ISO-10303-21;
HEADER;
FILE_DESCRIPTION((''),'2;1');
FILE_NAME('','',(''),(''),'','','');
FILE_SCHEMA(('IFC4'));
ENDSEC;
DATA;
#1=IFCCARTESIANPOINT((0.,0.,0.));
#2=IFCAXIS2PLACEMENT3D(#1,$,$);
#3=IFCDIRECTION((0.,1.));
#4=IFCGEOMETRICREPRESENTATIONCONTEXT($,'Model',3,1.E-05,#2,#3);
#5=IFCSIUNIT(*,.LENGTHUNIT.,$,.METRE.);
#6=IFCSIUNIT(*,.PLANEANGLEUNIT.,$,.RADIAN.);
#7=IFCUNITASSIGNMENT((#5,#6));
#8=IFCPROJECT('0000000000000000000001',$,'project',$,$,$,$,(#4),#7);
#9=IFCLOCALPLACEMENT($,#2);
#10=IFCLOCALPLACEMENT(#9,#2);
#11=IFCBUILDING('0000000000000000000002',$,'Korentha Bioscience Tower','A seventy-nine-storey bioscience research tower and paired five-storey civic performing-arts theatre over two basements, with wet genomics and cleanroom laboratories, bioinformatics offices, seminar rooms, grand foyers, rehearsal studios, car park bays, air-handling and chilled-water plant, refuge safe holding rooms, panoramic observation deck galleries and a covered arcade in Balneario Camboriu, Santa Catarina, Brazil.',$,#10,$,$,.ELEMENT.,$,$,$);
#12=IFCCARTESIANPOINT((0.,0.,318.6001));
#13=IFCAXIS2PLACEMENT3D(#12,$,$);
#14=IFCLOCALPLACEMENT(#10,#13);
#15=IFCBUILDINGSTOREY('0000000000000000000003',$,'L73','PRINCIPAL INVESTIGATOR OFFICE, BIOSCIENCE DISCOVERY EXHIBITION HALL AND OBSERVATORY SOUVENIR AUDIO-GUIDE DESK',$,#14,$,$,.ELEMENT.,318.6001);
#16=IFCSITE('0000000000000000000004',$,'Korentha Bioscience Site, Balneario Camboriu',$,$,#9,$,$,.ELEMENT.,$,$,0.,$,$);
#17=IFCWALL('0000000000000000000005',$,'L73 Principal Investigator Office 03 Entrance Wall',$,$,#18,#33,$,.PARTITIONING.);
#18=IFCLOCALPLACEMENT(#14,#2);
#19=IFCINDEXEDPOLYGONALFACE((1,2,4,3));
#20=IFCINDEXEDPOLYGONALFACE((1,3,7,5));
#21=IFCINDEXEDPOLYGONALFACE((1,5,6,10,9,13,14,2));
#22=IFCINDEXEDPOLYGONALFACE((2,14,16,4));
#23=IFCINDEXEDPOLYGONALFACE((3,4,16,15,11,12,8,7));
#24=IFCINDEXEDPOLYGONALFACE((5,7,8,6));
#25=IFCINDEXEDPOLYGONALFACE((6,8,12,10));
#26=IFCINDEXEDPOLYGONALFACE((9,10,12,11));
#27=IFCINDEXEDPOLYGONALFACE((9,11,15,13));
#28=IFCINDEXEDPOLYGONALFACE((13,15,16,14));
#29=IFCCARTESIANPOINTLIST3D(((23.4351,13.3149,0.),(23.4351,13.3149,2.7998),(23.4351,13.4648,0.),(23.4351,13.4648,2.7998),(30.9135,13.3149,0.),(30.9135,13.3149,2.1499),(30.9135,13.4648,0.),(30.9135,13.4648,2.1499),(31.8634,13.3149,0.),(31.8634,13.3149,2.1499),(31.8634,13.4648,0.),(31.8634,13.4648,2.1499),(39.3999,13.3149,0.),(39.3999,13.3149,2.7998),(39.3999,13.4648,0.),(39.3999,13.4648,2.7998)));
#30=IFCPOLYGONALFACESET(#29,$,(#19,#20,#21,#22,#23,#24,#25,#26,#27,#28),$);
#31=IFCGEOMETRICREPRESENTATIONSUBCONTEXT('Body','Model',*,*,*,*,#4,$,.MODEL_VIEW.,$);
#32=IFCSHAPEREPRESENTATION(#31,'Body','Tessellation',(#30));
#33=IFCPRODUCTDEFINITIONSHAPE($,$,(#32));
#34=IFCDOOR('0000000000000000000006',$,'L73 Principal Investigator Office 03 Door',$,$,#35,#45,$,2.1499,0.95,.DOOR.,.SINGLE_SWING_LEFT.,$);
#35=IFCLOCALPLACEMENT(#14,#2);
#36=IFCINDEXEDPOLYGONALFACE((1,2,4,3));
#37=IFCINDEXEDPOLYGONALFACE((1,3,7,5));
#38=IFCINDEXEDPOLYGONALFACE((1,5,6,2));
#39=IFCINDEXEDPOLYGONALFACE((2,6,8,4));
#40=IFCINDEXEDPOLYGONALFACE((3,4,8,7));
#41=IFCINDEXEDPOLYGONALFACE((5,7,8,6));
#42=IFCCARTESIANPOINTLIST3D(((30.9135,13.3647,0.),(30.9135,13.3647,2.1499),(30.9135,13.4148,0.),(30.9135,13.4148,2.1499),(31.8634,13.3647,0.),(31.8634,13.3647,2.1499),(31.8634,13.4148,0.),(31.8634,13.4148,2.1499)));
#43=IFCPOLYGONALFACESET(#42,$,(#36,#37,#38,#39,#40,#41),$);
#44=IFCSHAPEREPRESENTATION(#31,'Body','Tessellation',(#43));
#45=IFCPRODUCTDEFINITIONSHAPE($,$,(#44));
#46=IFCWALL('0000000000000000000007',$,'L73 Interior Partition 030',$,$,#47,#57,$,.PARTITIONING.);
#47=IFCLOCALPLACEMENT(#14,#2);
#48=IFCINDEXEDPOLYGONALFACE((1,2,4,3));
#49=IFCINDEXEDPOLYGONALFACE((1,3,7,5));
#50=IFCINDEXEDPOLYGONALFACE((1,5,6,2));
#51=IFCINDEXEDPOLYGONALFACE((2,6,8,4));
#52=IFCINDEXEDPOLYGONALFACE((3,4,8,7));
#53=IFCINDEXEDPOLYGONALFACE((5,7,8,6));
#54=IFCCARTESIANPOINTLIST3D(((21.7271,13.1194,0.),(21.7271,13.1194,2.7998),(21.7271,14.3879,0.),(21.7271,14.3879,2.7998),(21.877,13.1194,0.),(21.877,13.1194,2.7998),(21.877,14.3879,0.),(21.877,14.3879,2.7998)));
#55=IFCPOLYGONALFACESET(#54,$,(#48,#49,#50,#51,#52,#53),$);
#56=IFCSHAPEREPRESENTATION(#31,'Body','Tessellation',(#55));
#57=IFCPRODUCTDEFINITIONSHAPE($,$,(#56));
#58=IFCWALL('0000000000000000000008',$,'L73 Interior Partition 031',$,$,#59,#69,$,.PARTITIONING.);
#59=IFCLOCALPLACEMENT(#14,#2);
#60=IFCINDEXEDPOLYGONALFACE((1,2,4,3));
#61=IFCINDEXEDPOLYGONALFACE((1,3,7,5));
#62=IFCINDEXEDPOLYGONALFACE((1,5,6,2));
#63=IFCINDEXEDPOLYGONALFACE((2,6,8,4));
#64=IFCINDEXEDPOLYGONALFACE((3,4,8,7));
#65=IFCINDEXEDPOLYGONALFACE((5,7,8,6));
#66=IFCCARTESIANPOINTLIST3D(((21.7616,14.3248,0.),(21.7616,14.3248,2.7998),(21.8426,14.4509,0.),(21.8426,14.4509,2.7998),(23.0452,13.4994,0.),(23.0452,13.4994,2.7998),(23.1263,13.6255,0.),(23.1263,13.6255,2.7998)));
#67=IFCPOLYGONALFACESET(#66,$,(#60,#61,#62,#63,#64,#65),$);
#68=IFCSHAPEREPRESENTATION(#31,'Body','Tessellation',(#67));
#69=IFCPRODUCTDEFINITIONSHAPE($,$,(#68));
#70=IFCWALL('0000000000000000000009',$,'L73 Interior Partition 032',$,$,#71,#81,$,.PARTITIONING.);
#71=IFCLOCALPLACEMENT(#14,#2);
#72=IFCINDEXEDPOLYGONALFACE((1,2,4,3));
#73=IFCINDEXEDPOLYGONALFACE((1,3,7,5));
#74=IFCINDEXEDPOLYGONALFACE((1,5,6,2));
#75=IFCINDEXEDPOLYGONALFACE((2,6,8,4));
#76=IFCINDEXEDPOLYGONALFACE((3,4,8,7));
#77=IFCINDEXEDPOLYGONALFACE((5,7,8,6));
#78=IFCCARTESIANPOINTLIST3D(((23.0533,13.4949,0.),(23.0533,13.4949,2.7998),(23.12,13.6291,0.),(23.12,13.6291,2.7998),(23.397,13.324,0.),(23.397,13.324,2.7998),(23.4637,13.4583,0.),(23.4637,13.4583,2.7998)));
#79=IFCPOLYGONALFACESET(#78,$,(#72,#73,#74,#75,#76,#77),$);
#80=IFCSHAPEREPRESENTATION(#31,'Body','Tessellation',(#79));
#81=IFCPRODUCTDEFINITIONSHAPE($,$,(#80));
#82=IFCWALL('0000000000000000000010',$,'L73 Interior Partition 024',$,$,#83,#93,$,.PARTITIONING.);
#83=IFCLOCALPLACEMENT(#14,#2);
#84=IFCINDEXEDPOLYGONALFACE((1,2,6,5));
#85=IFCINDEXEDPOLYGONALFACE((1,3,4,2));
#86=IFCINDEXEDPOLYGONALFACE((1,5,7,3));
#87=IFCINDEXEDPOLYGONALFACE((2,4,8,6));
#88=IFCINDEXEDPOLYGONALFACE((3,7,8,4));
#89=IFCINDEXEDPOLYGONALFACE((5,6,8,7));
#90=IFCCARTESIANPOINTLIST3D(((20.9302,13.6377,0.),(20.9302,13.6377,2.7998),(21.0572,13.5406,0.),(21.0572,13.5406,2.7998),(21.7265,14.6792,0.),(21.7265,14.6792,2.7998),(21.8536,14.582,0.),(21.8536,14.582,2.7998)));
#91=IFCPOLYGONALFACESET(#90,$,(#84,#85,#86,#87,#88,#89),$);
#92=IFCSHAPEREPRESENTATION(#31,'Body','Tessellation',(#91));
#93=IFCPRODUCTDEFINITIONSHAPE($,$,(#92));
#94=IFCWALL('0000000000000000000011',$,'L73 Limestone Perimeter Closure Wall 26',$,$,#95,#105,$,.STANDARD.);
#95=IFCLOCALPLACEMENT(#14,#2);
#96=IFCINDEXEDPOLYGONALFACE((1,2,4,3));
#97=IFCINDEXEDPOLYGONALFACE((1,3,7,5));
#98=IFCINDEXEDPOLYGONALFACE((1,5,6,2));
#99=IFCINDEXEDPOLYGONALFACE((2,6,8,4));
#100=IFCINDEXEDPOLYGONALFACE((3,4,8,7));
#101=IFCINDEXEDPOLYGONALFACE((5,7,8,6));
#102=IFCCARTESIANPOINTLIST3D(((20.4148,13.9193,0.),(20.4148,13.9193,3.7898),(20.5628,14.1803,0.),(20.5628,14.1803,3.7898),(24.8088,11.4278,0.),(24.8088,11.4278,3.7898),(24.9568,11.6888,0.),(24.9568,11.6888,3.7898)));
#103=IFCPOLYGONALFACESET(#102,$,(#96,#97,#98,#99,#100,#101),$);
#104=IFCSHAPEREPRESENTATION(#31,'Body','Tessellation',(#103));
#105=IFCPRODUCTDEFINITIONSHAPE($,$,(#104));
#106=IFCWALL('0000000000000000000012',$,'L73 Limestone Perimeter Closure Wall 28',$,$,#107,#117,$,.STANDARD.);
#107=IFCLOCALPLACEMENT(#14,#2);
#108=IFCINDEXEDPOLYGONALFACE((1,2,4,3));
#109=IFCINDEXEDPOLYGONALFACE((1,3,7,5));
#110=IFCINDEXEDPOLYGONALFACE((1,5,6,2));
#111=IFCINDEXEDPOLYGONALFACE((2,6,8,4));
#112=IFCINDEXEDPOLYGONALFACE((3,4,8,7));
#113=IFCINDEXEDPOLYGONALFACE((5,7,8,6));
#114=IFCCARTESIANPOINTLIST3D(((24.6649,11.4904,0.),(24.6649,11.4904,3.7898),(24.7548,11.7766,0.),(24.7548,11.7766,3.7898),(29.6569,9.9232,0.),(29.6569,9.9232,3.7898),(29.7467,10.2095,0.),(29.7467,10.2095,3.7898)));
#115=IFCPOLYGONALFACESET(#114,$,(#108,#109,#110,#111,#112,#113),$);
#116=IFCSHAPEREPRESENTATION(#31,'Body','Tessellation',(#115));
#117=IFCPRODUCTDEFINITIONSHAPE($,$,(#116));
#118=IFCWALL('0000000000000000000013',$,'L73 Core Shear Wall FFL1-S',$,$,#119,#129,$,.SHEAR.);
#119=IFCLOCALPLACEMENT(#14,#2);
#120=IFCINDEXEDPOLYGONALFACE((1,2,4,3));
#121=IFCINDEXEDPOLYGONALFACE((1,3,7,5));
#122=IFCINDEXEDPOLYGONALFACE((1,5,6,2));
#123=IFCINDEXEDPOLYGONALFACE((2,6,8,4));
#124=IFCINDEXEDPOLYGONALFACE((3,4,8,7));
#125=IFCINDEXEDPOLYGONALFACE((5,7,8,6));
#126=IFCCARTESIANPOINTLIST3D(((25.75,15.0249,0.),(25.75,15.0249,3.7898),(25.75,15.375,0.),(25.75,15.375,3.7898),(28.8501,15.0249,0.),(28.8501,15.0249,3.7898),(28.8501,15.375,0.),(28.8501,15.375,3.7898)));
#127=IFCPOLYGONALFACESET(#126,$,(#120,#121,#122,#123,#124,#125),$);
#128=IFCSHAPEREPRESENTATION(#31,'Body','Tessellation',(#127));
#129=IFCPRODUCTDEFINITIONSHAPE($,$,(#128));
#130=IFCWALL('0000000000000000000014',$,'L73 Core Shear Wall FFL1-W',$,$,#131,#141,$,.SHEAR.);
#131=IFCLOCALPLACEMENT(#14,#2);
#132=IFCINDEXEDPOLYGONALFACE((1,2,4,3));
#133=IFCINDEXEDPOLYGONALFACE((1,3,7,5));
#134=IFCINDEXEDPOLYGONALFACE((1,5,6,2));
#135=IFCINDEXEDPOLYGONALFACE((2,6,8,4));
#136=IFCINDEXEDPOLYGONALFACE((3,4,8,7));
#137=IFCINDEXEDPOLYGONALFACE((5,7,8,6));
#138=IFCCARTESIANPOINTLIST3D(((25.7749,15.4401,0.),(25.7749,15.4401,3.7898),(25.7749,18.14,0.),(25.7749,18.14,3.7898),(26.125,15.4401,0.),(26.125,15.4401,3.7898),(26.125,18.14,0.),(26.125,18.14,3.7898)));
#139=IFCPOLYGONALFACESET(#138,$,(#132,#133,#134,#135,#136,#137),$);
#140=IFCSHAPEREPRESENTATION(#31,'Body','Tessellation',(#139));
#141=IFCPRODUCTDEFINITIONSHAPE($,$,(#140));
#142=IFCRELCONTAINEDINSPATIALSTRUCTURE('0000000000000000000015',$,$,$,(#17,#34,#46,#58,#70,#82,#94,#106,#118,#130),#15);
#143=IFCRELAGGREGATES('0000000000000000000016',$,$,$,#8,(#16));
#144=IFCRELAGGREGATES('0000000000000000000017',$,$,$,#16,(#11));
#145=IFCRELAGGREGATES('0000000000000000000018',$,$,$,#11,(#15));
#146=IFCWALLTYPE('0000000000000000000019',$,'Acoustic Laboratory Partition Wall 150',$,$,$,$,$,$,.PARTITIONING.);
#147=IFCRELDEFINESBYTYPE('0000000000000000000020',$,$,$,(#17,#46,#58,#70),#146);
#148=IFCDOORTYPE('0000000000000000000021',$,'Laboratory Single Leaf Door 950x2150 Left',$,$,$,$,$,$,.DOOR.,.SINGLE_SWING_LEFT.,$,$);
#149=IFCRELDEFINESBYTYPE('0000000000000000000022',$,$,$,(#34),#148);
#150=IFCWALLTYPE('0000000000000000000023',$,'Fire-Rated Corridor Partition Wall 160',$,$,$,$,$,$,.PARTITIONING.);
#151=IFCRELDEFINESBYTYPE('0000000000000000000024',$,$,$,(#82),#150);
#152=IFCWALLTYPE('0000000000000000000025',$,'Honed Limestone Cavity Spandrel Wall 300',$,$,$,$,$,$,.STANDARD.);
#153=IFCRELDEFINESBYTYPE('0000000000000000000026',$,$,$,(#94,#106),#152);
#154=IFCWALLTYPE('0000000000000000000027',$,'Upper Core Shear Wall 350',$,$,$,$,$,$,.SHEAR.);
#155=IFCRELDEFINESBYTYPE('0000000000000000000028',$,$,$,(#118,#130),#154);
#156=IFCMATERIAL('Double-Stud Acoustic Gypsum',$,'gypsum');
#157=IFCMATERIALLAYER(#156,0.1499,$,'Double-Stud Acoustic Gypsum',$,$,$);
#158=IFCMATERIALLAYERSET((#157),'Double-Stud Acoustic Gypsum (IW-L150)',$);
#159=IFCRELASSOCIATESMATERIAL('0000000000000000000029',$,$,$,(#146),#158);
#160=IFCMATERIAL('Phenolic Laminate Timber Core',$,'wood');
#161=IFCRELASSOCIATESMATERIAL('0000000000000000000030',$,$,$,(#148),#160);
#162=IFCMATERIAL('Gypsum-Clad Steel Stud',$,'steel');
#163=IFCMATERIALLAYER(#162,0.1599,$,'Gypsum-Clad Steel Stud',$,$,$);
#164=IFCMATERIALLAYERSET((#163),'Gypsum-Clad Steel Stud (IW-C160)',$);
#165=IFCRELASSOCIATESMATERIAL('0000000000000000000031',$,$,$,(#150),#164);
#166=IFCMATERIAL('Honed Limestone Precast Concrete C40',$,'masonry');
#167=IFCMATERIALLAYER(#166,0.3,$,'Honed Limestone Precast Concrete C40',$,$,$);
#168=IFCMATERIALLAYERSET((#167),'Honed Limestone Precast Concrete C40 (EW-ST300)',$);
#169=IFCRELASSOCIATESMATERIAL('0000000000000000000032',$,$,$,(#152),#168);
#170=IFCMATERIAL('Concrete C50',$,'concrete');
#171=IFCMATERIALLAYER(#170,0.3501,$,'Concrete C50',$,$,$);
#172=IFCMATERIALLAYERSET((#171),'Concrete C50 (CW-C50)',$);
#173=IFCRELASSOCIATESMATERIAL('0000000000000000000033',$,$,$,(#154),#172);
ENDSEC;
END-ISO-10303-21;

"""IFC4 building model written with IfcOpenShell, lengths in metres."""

from ifc_helpers import new_model, si_unit, direction, frame, frame_2d, origin, place, context, subcontext, project, spatial, rectangle, extrude, material, layer, layer_set, type_object, element, fill, save


model = new_model("IFC4")

# Units and contexts
model_context = context("Model", 3, precision=1e-05, world=origin(), true_north=direction((0.0, 1.0)))
body_context = subcontext(model_context, "Body", "Model", "MODEL_VIEW")
ifc_project = project(units=[si_unit("LENGTHUNIT", "METRE"), si_unit("PLANEANGLEUNIT", "RADIAN")], contexts=[model_context])

# Site, building, storey
site_placement = place(None, origin())
site = spatial("IfcSite", under=ifc_project, at=site_placement, Name="Korentha Bioscience Site, Balneario Camboriu", CompositionType="ELEMENT", RefElevation=0.0)
building_placement = place(site_placement, origin())
building = spatial("IfcBuilding", under=site, at=building_placement, Name="Korentha Bioscience Tower", Description="A seventy-nine-storey bioscience research tower and paired five-storey civic performing-arts theatre over two basements, with wet genomics and cleanroom laboratories, bioinformatics offices, seminar rooms, grand foyers, rehearsal studios, car park bays, air-handling and chilled-water plant, refuge safe holding rooms, panoramic observation deck galleries and a covered arcade in Balneario Camboriu, Santa Catarina, Brazil.", CompositionType="ELEMENT")
storey_placement = place(building_placement, frame((0.0, 0.0, 318.6001)))
storey = spatial("IfcBuildingStorey", under=building, at=storey_placement, Name="L73", Description="PRINCIPAL INVESTIGATOR OFFICE, BIOSCIENCE DISCOVERY EXHIBITION HALL AND OBSERVATORY SOUVENIR AUDIO-GUIDE DESK", CompositionType="ELEMENT", Elevation=318.6001)

# Shared definitions
ifc_material_1 = material(Name="Concrete C50", Category="concrete")

# Wall, opening, door
ifc_material_2 = material(Name="Double-Stud Acoustic Gypsum", Category="gypsum")
ifc_layer_1 = layer(ifc_material_2, 0.1499, Name="Double-Stud Acoustic Gypsum")
ifc_layer_set_1 = layer_set([ifc_layer_1], Name="Double-Stud Acoustic Gypsum (IW-L150)")
wall_type_1 = type_object("IfcWallType", Name="Acoustic Laboratory Partition Wall 150", PredefinedType="PARTITIONING", material=ifc_layer_set_1)
wall_1_placement = place(storey_placement, frame((23.4351, 13.3899, 0.0), z_axis=(0.0, 0.0, 1.0), x_axis=(1.0, 0.0, 0.0)))
wall_1 = element("IfcWall", 1, at=wall_1_placement, inside=storey, type_object=wall_type_1, Name="L73 Principal Investigator Office 03 Entrance Wall", PredefinedType="PARTITIONING", context=body_context, shape_type="SweptSolid", body=[
    extrude(rectangle(XDim=15.9648, YDim=0.1499, at=frame_2d((7.9824, 0.0))), origin(), (0.0, 0.0, 1.0), 2.7998),
])
opening_placement = place(wall_1_placement, frame((7.4783, 0.0, 0.0)))
opening = element("IfcOpeningElement", 2, at=opening_placement, cuts=wall_1, PredefinedType="OPENING", context=body_context, shape_type="SweptSolid", body=[
    extrude(rectangle(XDim=0.95, YDim=2.1499, at=frame_2d((0.4751, 1.075))), frame((0.0, 0.0898, 0.0), z_axis=(0.0, -1.0, 0.0), x_axis=(1.0, 0.0, 0.0)), (0.0, 0.0, 1.0), 0.1797),
])
ifc_material_3 = material(Name="Phenolic Laminate Timber Core", Category="wood")
door_type = type_object("IfcDoorType", Name="Laboratory Single Leaf Door 950x2150 Left", OperationType="SINGLE_SWING_LEFT", PredefinedType="DOOR", material=ifc_material_3)
door_placement = place(opening_placement, origin())
door = element("IfcDoor", 3, at=door_placement, inside=storey, type_object=door_type, Name="L73 Principal Investigator Office 03 Door", OperationType="SINGLE_SWING_LEFT", OverallHeight=2.1499, OverallWidth=0.95, PredefinedType="DOOR", context=body_context, shape_type="SweptSolid", body=[
    extrude(rectangle(XDim=0.95, YDim=2.1499, at=frame_2d((0.4751, 1.075))), frame((0.0, 0.0249, 0.0), z_axis=(0.0, -1.0, 0.0), x_axis=(1.0, 0.0, 0.0)), (0.0, 0.0, 1.0), 0.05),
])
fill(opening, door)

# Walls
wall_2_placement = place(storey_placement, frame((21.802, 13.1194, 0.0), z_axis=(0.0, 0.0, 1.0), x_axis=(0.0, 1.0, 0.0)))
element("IfcWall", 4, at=wall_2_placement, inside=storey, type_object=wall_type_1, Name="L73 Interior Partition 030", PredefinedType="PARTITIONING", context=body_context, shape_type="SweptSolid", body=[
    extrude(rectangle(XDim=1.2686, YDim=0.1499, at=frame_2d((0.6343, 0.0))), origin(), (0.0, 0.0, 1.0), 2.7998),
])
wall_3_placement = place(storey_placement, frame((21.802, 14.3879, 0.0), z_axis=(0.0, 0.0, 1.0), x_axis=(0.841116, -0.540855, 0.0)))
element("IfcWall", 5, at=wall_3_placement, inside=storey, type_object=wall_type_1, Name="L73 Interior Partition 031", PredefinedType="PARTITIONING", context=body_context, shape_type="SweptSolid", body=[
    extrude(rectangle(XDim=1.5261, YDim=0.1499, at=frame_2d((0.7632, 0.0))), origin(), (0.0, 0.0, 1.0), 2.7998),
])
wall_4_placement = place(storey_placement, frame((23.0867, 13.562, 0.0), z_axis=(0.0, 0.0, 1.0), x_axis=(0.895442, -0.445177, 0.0)))
element("IfcWall", 6, at=wall_4_placement, inside=storey, type_object=wall_type_1, Name="L73 Interior Partition 032", PredefinedType="PARTITIONING", context=body_context, shape_type="SweptSolid", body=[
    extrude(rectangle(XDim=0.3838, YDim=0.1499, at=frame_2d((0.1919, 0.0))), origin(), (0.0, 0.0, 1.0), 2.7998),
])
ifc_material_4 = material(Name="Gypsum-Clad Steel Stud", Category="steel")
ifc_layer_2 = layer(ifc_material_4, 0.1599, Name="Gypsum-Clad Steel Stud")
ifc_layer_set_2 = layer_set([ifc_layer_2], Name="Gypsum-Clad Steel Stud (IW-C160)")
wall_type_2 = type_object("IfcWallType", Name="Fire-Rated Corridor Partition Wall 160", PredefinedType="PARTITIONING", material=ifc_layer_set_2)
wall_5_placement = place(storey_placement, frame((21.79, 14.6306, 0.0), z_axis=(0.0, 0.0, 1.0), x_axis=(-0.607422, -0.794379, 0.0)))
element("IfcWall", 7, at=wall_5_placement, inside=storey, type_object=wall_type_2, Name="L73 Interior Partition 024", PredefinedType="PARTITIONING", context=body_context, shape_type="SweptSolid", body=[
    extrude(rectangle(XDim=1.311, YDim=0.1599, at=frame_2d((0.6555, 0.0))), origin(), (0.0, 0.0, 1.0), 2.7998),
])
ifc_material_5 = material(Name="Honed Limestone Precast Concrete C40", Category="masonry")
ifc_layer_3 = layer(ifc_material_5, 0.3, Name="Honed Limestone Precast Concrete C40")
ifc_layer_set_3 = layer_set([ifc_layer_3], Name="Honed Limestone Precast Concrete C40 (EW-ST300)")
wall_type_3 = type_object("IfcWallType", Name="Honed Limestone Cavity Spandrel Wall 300", PredefinedType="STANDARD", material=ifc_layer_set_3)
wall_6_placement = place(storey_placement, frame((20.4888, 14.0498, 0.0), z_axis=(0.0, 0.0, 1.0), x_axis=(0.869895, -0.493237, 0.0)))
element("IfcWall", 8, at=wall_6_placement, inside=storey, type_object=wall_type_3, Name="L73 Limestone Perimeter Closure Wall 26", PredefinedType="STANDARD", context=body_context, shape_type="SweptSolid", body=[
    extrude(rectangle(XDim=5.0513, YDim=0.3, at=frame_2d((2.5256, 0.0))), origin(), (0.0, 0.0, 1.0), 3.7898),
])
wall_7_placement = place(storey_placement, frame((24.7097, 11.6335, 0.0), z_axis=(0.0, 0.0, 1.0), x_axis=(0.95409, -0.299521, 0.0)))
element("IfcWall", 9, at=wall_7_placement, inside=storey, type_object=wall_type_3, Name="L73 Limestone Perimeter Closure Wall 28", PredefinedType="STANDARD", context=body_context, shape_type="SweptSolid", body=[
    extrude(rectangle(XDim=5.2322, YDim=0.3, at=frame_2d((2.6162, 0.0))), origin(), (0.0, 0.0, 1.0), 3.7898),
])
ifc_layer_4 = layer(ifc_material_1, 0.3501, Name="Concrete C50")
ifc_layer_set_4 = layer_set([ifc_layer_4], Name="Concrete C50 (CW-C50)")
wall_type_4 = type_object("IfcWallType", Name="Upper Core Shear Wall 350", PredefinedType="SHEAR", material=ifc_layer_set_4)
wall_8_placement = place(storey_placement, frame((25.75, 15.2, 0.0), z_axis=(0.0, 0.0, 1.0), x_axis=(1.0, 0.0, 0.0)))
element("IfcWall", 10, at=wall_8_placement, inside=storey, type_object=wall_type_4, Name="L73 Core Shear Wall FFL1-S", PredefinedType="SHEAR", context=body_context, shape_type="SweptSolid", body=[
    extrude(rectangle(XDim=3.1001, YDim=0.3501, at=frame_2d((1.55, 0.0))), origin(), (0.0, 0.0, 1.0), 3.7898),
])
wall_9_placement = place(storey_placement, frame((25.95, 15.4399, 0.0), z_axis=(0.0, 0.0, 1.0), x_axis=(0.0, 1.0, 0.0)))
element("IfcWall", 11, at=wall_9_placement, inside=storey, type_object=wall_type_4, Name="L73 Core Shear Wall FFL1-W", PredefinedType="SHEAR", context=body_context, shape_type="SweptSolid", body=[
    extrude(rectangle(XDim=2.7, YDim=0.3501, at=frame_2d((1.3501, 0.0))), origin(), (0.0, 0.0, 1.0), 3.7898),
])

save(model, "model.ifc")
